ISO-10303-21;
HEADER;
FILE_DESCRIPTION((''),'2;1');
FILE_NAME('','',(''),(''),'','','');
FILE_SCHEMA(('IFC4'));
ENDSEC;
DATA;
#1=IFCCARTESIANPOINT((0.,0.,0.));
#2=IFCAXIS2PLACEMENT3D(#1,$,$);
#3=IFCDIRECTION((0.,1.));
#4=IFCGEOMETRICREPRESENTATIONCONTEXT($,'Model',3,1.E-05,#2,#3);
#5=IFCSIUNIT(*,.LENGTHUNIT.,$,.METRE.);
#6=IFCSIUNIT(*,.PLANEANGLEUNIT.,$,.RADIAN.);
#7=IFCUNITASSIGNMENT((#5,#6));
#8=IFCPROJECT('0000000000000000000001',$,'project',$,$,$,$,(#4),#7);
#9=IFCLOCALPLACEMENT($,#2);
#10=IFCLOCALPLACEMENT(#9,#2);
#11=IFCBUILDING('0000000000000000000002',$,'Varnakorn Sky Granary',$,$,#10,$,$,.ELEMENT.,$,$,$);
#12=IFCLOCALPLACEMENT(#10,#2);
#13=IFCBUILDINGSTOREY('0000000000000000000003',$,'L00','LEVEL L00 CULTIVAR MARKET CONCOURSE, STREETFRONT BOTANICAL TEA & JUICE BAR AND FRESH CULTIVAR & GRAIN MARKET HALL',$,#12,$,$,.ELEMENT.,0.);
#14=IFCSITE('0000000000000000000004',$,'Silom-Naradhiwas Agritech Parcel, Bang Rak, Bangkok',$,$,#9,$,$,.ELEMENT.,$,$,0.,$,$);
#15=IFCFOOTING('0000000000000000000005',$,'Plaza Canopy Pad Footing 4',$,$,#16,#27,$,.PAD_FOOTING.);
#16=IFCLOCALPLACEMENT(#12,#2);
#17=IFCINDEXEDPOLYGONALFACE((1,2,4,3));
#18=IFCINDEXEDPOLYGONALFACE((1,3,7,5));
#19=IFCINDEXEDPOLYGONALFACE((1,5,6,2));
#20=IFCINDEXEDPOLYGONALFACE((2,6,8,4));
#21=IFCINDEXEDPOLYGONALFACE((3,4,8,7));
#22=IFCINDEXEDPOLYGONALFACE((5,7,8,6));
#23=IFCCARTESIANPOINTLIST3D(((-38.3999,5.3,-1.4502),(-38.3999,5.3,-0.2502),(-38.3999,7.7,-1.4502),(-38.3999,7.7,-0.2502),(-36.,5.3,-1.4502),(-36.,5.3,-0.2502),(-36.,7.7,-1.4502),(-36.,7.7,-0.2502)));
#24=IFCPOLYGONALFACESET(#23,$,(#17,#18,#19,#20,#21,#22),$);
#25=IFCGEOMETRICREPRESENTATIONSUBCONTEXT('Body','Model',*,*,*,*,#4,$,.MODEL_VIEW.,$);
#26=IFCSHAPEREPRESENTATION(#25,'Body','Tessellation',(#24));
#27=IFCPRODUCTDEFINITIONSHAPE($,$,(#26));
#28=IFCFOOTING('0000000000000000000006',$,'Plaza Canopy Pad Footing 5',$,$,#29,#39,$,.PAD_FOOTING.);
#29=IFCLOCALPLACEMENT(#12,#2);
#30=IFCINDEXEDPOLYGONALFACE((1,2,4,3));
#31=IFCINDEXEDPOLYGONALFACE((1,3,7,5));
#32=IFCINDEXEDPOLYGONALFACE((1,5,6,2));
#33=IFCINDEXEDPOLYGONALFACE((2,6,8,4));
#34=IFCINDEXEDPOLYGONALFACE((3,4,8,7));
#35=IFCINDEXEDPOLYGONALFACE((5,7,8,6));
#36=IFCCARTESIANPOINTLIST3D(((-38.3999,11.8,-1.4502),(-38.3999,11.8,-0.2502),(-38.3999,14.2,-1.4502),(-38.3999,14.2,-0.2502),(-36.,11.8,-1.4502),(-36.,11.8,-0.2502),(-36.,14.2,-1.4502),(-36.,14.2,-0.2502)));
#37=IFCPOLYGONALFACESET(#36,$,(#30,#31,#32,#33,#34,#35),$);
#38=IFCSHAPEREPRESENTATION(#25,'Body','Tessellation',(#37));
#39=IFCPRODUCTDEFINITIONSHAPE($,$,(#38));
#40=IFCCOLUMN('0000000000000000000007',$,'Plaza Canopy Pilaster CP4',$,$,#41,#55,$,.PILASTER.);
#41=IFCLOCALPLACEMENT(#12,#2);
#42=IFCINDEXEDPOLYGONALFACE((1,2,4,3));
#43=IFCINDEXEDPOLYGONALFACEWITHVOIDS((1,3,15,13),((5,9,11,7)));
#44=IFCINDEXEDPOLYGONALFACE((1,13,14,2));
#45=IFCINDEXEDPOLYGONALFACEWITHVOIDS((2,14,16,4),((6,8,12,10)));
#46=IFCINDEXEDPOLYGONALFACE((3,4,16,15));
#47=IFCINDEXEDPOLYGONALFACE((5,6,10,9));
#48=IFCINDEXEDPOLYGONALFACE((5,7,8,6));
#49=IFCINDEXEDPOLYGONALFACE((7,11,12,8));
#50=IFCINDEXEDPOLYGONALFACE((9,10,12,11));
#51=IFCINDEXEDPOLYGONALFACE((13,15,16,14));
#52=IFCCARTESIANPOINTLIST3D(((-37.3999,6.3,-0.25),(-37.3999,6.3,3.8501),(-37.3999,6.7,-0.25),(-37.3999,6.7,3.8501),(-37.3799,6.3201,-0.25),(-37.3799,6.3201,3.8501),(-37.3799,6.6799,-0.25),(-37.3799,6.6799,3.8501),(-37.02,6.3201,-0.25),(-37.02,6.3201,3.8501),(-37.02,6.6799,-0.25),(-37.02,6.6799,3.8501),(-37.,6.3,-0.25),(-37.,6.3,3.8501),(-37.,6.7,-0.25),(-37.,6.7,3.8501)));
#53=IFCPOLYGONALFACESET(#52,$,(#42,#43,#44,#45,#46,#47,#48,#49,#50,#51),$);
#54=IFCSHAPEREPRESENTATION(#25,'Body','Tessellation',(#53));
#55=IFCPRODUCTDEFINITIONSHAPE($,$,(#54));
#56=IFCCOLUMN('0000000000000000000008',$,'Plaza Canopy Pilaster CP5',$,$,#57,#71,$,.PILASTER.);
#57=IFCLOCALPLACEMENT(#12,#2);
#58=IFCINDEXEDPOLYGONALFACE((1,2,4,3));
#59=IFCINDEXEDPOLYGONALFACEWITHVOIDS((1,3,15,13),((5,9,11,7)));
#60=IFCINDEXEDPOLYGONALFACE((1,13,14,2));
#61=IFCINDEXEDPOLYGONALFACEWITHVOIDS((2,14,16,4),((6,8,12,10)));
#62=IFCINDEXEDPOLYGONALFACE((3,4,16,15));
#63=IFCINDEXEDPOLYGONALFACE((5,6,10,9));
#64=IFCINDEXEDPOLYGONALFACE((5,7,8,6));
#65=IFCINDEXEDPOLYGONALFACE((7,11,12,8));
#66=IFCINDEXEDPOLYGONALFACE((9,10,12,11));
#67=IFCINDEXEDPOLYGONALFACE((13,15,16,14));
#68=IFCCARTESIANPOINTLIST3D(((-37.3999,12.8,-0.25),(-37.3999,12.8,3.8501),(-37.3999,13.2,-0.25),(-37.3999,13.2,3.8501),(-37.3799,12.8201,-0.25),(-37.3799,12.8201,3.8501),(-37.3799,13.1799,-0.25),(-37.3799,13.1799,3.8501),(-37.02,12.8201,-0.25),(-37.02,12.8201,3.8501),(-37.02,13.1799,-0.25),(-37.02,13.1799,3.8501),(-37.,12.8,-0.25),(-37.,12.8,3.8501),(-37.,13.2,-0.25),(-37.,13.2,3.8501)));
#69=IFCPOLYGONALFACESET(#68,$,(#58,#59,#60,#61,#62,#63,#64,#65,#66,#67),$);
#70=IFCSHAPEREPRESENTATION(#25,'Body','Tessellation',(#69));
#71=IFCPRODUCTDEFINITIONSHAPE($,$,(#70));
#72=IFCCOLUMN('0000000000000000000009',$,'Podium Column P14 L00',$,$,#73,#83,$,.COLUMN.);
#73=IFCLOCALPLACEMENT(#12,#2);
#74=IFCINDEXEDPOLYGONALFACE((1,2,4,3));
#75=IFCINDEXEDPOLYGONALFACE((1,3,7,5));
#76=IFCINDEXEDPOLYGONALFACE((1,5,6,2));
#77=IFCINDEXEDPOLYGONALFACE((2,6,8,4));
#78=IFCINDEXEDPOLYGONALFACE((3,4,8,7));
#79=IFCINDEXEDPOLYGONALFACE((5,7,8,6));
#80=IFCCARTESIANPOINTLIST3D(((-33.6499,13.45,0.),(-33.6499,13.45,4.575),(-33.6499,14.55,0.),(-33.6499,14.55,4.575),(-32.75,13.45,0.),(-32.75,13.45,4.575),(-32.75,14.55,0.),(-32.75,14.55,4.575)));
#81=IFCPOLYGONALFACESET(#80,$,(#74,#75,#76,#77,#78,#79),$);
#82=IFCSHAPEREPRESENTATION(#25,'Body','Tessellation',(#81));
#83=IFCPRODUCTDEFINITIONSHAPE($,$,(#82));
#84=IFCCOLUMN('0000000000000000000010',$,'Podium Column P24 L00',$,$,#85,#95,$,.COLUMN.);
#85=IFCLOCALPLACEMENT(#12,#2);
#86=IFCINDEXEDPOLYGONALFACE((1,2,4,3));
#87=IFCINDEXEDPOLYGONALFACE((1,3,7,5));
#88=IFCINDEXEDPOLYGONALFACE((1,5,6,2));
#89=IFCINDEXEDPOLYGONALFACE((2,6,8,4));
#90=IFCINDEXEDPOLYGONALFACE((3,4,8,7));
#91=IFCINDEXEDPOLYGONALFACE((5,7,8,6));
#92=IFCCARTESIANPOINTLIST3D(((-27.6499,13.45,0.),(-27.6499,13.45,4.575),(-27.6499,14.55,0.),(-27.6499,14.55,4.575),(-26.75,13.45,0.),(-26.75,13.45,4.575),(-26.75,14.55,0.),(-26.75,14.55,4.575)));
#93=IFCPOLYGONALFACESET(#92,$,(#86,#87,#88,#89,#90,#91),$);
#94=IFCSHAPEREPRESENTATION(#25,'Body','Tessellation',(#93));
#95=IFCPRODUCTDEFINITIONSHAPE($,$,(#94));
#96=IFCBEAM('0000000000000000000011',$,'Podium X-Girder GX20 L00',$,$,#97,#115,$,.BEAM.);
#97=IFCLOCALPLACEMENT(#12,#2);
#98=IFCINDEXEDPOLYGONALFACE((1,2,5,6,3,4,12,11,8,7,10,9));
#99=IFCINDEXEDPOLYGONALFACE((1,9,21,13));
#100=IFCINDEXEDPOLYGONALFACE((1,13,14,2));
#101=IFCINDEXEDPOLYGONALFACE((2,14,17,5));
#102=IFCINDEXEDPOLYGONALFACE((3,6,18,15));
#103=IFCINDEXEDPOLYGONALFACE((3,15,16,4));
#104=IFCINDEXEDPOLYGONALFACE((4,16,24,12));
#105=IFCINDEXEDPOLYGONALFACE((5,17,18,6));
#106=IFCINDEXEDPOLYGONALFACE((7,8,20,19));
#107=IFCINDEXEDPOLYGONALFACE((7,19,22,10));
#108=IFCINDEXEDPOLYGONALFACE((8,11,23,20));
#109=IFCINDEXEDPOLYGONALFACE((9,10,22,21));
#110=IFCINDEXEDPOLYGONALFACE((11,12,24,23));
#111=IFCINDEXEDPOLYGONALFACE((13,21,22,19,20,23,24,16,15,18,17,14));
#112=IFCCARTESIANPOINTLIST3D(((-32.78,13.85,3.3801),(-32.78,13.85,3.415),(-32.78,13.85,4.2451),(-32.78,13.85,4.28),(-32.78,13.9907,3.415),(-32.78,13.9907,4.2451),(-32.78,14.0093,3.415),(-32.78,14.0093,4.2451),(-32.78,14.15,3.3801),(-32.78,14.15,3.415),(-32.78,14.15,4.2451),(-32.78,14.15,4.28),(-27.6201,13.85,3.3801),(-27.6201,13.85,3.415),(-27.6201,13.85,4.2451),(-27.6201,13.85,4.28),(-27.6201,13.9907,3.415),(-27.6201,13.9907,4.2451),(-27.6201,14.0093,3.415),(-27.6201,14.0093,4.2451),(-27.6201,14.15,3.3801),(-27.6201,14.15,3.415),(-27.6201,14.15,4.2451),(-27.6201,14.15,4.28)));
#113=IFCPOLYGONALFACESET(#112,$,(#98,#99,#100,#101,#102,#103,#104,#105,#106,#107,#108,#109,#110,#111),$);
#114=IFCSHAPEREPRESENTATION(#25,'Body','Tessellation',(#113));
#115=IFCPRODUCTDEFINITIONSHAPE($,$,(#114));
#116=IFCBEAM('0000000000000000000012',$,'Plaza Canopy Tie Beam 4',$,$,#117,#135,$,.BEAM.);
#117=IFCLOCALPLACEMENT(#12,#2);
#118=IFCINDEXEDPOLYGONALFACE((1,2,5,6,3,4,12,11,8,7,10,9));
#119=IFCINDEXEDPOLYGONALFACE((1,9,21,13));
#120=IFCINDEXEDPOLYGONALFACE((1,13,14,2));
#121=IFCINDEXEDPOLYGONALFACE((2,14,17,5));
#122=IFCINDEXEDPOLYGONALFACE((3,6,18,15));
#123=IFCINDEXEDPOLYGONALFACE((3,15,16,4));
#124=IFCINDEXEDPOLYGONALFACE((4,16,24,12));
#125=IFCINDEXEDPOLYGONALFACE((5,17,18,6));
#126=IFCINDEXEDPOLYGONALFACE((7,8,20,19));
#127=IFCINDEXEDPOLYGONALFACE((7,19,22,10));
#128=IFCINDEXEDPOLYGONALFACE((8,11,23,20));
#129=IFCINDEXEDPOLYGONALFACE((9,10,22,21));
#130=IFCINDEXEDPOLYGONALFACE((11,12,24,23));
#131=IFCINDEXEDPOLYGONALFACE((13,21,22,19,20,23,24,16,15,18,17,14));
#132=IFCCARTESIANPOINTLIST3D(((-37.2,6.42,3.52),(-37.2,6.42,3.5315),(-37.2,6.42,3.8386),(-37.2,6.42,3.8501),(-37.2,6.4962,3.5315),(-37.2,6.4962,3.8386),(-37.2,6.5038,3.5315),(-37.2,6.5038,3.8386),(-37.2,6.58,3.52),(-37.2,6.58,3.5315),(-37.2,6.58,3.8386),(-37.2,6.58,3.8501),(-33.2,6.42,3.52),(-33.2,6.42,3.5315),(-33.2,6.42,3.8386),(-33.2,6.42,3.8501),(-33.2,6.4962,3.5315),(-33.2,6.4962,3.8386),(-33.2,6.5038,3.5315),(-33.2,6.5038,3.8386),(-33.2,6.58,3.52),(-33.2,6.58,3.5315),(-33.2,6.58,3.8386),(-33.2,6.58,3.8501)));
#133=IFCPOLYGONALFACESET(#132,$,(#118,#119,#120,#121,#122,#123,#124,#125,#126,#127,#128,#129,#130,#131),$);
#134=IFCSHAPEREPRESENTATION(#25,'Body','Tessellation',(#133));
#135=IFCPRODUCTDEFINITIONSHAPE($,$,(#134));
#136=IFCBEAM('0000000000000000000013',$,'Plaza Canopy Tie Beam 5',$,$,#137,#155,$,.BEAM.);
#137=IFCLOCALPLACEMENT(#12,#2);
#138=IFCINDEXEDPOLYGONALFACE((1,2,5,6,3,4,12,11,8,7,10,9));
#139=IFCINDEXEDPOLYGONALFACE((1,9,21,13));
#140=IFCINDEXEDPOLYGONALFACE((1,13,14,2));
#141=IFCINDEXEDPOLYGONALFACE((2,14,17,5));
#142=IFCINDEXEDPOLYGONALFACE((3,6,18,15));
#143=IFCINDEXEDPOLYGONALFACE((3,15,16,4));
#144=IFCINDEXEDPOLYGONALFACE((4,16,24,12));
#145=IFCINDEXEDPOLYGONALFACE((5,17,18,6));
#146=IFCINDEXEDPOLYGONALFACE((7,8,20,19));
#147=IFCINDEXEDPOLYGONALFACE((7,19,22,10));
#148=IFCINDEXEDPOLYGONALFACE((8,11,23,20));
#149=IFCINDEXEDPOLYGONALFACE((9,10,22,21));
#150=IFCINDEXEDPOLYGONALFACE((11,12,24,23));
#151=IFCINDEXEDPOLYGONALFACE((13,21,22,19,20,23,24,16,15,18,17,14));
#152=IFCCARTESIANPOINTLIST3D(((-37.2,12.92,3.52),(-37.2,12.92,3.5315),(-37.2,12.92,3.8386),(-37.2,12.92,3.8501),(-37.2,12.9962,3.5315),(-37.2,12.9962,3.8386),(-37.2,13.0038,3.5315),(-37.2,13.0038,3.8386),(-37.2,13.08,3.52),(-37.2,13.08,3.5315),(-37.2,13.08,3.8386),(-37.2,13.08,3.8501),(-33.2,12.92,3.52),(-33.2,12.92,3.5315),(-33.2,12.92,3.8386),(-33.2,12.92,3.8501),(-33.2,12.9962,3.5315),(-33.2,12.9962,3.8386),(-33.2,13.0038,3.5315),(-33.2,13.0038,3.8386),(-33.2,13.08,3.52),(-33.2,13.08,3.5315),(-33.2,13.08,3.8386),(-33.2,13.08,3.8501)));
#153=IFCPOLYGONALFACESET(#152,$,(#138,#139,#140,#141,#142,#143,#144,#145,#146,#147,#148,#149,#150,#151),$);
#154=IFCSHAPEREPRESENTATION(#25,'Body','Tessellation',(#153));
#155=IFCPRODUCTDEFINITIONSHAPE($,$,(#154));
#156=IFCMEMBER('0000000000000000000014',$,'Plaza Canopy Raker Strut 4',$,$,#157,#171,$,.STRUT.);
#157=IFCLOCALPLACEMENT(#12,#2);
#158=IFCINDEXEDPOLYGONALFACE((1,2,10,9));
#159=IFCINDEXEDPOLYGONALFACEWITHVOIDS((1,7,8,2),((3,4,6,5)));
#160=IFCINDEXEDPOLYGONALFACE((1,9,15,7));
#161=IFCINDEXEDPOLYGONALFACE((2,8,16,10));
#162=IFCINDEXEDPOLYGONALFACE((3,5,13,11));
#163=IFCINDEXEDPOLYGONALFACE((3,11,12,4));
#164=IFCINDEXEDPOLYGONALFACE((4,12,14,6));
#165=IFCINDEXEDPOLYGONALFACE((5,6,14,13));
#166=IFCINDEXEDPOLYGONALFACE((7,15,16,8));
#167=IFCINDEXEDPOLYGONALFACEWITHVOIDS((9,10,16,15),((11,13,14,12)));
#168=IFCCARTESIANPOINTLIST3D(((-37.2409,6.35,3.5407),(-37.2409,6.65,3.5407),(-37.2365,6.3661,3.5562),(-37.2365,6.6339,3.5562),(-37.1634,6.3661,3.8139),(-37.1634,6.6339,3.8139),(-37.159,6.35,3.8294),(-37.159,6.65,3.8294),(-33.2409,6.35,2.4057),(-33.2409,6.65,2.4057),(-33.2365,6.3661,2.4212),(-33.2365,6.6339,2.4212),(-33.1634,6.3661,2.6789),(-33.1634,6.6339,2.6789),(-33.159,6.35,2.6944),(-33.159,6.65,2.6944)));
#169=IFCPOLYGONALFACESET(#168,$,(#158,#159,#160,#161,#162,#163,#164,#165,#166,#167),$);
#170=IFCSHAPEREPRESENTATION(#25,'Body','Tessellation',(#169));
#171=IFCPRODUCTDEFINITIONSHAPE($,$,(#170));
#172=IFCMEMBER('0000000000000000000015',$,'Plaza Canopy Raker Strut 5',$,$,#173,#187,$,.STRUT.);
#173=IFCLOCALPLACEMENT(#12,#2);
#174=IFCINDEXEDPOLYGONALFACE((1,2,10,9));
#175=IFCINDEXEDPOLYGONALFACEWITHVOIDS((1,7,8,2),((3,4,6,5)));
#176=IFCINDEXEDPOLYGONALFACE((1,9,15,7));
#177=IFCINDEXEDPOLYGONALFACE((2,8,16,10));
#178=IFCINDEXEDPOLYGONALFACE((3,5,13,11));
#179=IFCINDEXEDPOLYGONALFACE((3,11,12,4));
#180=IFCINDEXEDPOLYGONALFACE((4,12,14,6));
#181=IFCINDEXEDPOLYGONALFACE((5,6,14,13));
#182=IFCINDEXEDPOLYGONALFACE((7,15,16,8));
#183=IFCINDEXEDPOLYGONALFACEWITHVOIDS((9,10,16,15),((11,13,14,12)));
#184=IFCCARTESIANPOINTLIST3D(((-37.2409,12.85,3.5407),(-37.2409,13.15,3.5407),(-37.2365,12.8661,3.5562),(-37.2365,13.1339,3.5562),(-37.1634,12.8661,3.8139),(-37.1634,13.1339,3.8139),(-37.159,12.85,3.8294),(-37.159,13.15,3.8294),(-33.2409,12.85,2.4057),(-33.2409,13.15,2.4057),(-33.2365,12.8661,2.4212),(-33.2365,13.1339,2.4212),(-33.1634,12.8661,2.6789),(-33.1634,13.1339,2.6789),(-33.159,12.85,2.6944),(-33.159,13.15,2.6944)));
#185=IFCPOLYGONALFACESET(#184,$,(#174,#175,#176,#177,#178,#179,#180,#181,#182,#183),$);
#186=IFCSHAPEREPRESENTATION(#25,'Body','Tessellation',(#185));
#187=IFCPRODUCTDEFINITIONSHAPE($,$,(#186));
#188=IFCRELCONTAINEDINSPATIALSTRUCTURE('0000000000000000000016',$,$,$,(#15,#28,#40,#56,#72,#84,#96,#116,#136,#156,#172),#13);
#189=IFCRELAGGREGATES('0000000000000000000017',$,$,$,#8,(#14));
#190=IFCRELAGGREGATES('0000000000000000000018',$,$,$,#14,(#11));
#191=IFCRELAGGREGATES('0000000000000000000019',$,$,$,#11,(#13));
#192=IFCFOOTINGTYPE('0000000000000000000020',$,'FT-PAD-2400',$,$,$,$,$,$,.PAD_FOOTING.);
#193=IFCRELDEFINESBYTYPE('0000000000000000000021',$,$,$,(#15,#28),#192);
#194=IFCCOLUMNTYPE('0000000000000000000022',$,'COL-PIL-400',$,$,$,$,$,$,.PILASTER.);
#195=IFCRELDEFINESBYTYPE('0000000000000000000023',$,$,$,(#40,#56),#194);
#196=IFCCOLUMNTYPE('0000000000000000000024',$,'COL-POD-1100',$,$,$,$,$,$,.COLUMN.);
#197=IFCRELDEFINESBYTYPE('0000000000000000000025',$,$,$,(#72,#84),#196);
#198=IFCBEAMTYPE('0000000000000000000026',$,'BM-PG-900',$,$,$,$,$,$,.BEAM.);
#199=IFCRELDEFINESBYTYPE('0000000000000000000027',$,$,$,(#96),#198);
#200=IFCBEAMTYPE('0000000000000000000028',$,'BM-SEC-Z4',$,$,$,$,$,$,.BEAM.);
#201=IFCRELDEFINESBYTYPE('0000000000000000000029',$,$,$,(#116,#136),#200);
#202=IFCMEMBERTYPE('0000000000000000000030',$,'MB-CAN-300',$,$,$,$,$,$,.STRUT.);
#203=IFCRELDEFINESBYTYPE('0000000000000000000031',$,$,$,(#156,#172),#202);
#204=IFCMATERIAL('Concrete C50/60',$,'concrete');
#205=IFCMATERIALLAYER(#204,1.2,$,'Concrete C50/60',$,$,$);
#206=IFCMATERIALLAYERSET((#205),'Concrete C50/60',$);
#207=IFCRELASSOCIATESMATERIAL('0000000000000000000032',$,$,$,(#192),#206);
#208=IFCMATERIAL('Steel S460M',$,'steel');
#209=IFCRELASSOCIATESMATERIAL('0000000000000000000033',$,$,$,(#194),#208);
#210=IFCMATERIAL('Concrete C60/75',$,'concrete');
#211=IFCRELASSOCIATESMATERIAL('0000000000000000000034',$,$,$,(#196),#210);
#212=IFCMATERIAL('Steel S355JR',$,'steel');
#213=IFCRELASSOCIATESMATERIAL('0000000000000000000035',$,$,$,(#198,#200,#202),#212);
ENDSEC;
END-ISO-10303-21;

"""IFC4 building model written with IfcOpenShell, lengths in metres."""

from ifc_helpers import new_model, si_unit, direction, frame, origin, origin_2d, place, context, subcontext, project, spatial, rectangle, hollow_rectangle, i_section, extrude, material, layer, layer_set, material_profile, profile_set, type_object, element, save


model = new_model("IFC4")

# Units and contexts
model_context = context("Model", 3, precision=1e-05, world=origin(), true_north=direction((0.0, 1.0)))
body_context = subcontext(model_context, "Body", "Model", "MODEL_VIEW")
ifc_project = project(units=[si_unit("LENGTHUNIT", "METRE"), si_unit("PLANEANGLEUNIT", "RADIAN")], contexts=[model_context])

# Site, building, storey
site_placement = place(None, origin())
site = spatial("IfcSite", under=ifc_project, at=site_placement, Name="Silom-Naradhiwas Agritech Parcel, Bang Rak, Bangkok", CompositionType="ELEMENT", RefElevation=0.0)
building_placement = place(site_placement, origin())
building = spatial("IfcBuilding", under=site, at=building_placement, Name="Varnakorn Sky Granary", CompositionType="ELEMENT")
storey_placement = place(building_placement, origin())
storey = spatial("IfcBuildingStorey", under=building, at=storey_placement, Name="L00", Description="LEVEL L00 CULTIVAR MARKET CONCOURSE, STREETFRONT BOTANICAL TEA & JUICE BAR AND FRESH CULTIVAR & GRAIN MARKET HALL", CompositionType="ELEMENT", Elevation=0.0)

# Footings
ifc_material_1 = material(Name="Concrete C50/60", Category="concrete")
ifc_layer_1 = layer(ifc_material_1, 1.2, Name="Concrete C50/60")
ifc_layer_set_1 = layer_set([ifc_layer_1], Name="Concrete C50/60")
footing_type = type_object("IfcFootingType", Name="FT-PAD-2400", PredefinedType="PAD_FOOTING", material=ifc_layer_set_1)
for number, where, z_axis, x_axis, name in (
    (1, (-37.2, 6.5, -1.4502), (0.0, 0.0, 1.0), (1.0, 0.0, 0.0), "Plaza Canopy Pad Footing 4"),
    (2, (-37.2, 13.0, -1.4502), (0.0, 0.0, 1.0), (1.0, 0.0, 0.0), "Plaza Canopy Pad Footing 5"),
):
    element("IfcFooting", number, at=place(storey_placement, frame(where, z_axis=z_axis, x_axis=x_axis)), inside=storey, type_object=footing_type, Name=name, PredefinedType="PAD_FOOTING", context=body_context, shape_type="SweptSolid", body=[
        extrude(rectangle(XDim=2.3999, YDim=2.3999, at=origin_2d()), origin(), (0.0, 0.0, 1.0), 1.2),
    ])

# Columns
ifc_material_2 = material(Name="Steel S460M", Category="steel")
ifc_material_profile_1 = material_profile(ifc_material_2, hollow_rectangle(XDim=0.3999, YDim=0.3999, WallThickness=0.02, at=origin_2d()), Name="SHS 400x400x20")
ifc_profile_set_1 = profile_set([ifc_material_profile_1], Name="Steel S460M")
column_type_1 = type_object("IfcColumnType", Name="COL-PIL-400", PredefinedType="PILASTER", material=ifc_profile_set_1)
for number, where, z_axis, x_axis, name in (
    (3, (-37.2, 6.5, -0.25), (0.0, 0.0, 1.0), (1.0, 0.0, 0.0), "Plaza Canopy Pilaster CP4"),
    (4, (-37.2, 13.0, -0.25), (0.0, 0.0, 1.0), (1.0, 0.0, 0.0), "Plaza Canopy Pilaster CP5"),
):
    element("IfcColumn", number, at=place(storey_placement, frame(where, z_axis=z_axis, x_axis=x_axis)), inside=storey, type_object=column_type_1, Name=name, PredefinedType="PILASTER", context=body_context, shape_type="SweptSolid", body=[
        extrude(hollow_rectangle(XDim=0.3999, YDim=0.3999, WallThickness=0.02, at=origin_2d()), origin(), (0.0, 0.0, 1.0), 4.1001),
    ])
ifc_material_3 = material(Name="Concrete C60/75", Category="concrete")
ifc_material_profile_2 = material_profile(ifc_material_3, rectangle(XDim=0.8999, YDim=1.1001, at=origin_2d()), Name="RC 900x1100")
ifc_profile_set_2 = profile_set([ifc_material_profile_2], Name="Concrete C60/75")
column_type_2 = type_object("IfcColumnType", Name="COL-POD-1100", PredefinedType="COLUMN", material=ifc_profile_set_2)
for number, where, z_axis, x_axis, name in (
    (5, (-33.2, 14.0, 0.0), (0.0, 0.0, 1.0), (1.0, 0.0, 0.0), "Podium Column P14 L00"),
    (6, (-27.2, 14.0, 0.0), (0.0, 0.0, 1.0), (1.0, 0.0, 0.0), "Podium Column P24 L00"),
):
    element("IfcColumn", number, at=place(storey_placement, frame(where, z_axis=z_axis, x_axis=x_axis)), inside=storey, type_object=column_type_2, Name=name, PredefinedType="COLUMN", context=body_context, shape_type="SweptSolid", body=[
        extrude(rectangle(XDim=0.8999, YDim=1.1001, at=origin_2d()), origin(), (0.0, 0.0, 1.0), 4.575),
    ])

# Beams
ifc_material_4 = material(Name="Steel S355JR", Category="steel")
ifc_material_profile_3 = material_profile(ifc_material_4, i_section(OverallWidth=0.3, OverallDepth=0.8999, WebThickness=0.0186, FlangeThickness=0.0349, at=origin_2d()), Name="HE 900 B")
ifc_profile_set_3 = profile_set([ifc_material_profile_3], Name="Steel S355JR")
beam_type_1 = type_object("IfcBeamType", Name="BM-PG-900", PredefinedType="BEAM", material=ifc_profile_set_3)
beam_placement = place(storey_placement, frame((-32.78, 14.0, 3.8301), z_axis=(1.0, 0.0, 0.0), x_axis=(0.0, 1.0, 0.0)))
element("IfcBeam", 7, at=beam_placement, inside=storey, type_object=beam_type_1, Name="Podium X-Girder GX20 L00", PredefinedType="BEAM", context=body_context, shape_type="SweptSolid", body=[
    extrude(i_section(OverallWidth=0.3, OverallDepth=0.8999, WebThickness=0.0186, FlangeThickness=0.0349, at=origin_2d()), origin(), (0.0, 0.0, 1.0), 5.1599),
])
ifc_material_profile_4 = material_profile(ifc_material_4, i_section(OverallWidth=0.1599, OverallDepth=0.3301, WebThickness=0.0076, FlangeThickness=0.0115, at=origin_2d()), Name="IPE 330")
ifc_profile_set_4 = profile_set([ifc_material_profile_4], Name="Steel S355JR")
beam_type_2 = type_object("IfcBeamType", Name="BM-SEC-Z4", PredefinedType="BEAM", material=ifc_profile_set_4)
for number, where, z_axis, x_axis, name in (
    (8, (-37.2, 6.5, 3.6851), (1.0, 0.0, 0.0), (0.0, 1.0, 0.0), "Plaza Canopy Tie Beam 4"),
    (9, (-37.2, 13.0, 3.6851), (1.0, 0.0, 0.0), (0.0, 1.0, 0.0), "Plaza Canopy Tie Beam 5"),
):
    element("IfcBeam", number, at=place(storey_placement, frame(where, z_axis=z_axis, x_axis=x_axis)), inside=storey, type_object=beam_type_2, Name=name, PredefinedType="BEAM", context=body_context, shape_type="SweptSolid", body=[
        extrude(i_section(OverallWidth=0.1599, OverallDepth=0.3301, WebThickness=0.0076, FlangeThickness=0.0115, at=origin_2d()), origin(), (0.0, 0.0, 1.0), 4.0),
    ])

# Members
ifc_material_profile_5 = material_profile(ifc_material_4, hollow_rectangle(XDim=0.3, YDim=0.3, WallThickness=0.0161, at=origin_2d()), Name="SHS 300x300x16")
ifc_profile_set_5 = profile_set([ifc_material_profile_5], Name="Steel S355JR")
member_type = type_object("IfcMemberType", Name="MB-CAN-300", PredefinedType="STRUT", material=ifc_profile_set_5)
for number, where, z_axis, x_axis, name in (
    (10, (-33.2, 6.5, 2.55), (-0.962021, 0.0, 0.272976), (0.0, -1.0, 0.0), "Plaza Canopy Raker Strut 4"),
    (11, (-33.2, 13.0, 2.55), (-0.962021, 0.0, 0.272976), (0.0, -1.0, 0.0), "Plaza Canopy Raker Strut 5"),
):
    element("IfcMember", number, at=place(storey_placement, frame(where, z_axis=z_axis, x_axis=x_axis)), inside=storey, type_object=member_type, Name=name, PredefinedType="STRUT", context=body_context, shape_type="SweptSolid", body=[
        extrude(hollow_rectangle(XDim=0.3, YDim=0.3, WallThickness=0.0161, at=origin_2d()), origin(), (0.0, 0.0, 1.0), 4.158),
    ])

save(model, "model.ifc")
